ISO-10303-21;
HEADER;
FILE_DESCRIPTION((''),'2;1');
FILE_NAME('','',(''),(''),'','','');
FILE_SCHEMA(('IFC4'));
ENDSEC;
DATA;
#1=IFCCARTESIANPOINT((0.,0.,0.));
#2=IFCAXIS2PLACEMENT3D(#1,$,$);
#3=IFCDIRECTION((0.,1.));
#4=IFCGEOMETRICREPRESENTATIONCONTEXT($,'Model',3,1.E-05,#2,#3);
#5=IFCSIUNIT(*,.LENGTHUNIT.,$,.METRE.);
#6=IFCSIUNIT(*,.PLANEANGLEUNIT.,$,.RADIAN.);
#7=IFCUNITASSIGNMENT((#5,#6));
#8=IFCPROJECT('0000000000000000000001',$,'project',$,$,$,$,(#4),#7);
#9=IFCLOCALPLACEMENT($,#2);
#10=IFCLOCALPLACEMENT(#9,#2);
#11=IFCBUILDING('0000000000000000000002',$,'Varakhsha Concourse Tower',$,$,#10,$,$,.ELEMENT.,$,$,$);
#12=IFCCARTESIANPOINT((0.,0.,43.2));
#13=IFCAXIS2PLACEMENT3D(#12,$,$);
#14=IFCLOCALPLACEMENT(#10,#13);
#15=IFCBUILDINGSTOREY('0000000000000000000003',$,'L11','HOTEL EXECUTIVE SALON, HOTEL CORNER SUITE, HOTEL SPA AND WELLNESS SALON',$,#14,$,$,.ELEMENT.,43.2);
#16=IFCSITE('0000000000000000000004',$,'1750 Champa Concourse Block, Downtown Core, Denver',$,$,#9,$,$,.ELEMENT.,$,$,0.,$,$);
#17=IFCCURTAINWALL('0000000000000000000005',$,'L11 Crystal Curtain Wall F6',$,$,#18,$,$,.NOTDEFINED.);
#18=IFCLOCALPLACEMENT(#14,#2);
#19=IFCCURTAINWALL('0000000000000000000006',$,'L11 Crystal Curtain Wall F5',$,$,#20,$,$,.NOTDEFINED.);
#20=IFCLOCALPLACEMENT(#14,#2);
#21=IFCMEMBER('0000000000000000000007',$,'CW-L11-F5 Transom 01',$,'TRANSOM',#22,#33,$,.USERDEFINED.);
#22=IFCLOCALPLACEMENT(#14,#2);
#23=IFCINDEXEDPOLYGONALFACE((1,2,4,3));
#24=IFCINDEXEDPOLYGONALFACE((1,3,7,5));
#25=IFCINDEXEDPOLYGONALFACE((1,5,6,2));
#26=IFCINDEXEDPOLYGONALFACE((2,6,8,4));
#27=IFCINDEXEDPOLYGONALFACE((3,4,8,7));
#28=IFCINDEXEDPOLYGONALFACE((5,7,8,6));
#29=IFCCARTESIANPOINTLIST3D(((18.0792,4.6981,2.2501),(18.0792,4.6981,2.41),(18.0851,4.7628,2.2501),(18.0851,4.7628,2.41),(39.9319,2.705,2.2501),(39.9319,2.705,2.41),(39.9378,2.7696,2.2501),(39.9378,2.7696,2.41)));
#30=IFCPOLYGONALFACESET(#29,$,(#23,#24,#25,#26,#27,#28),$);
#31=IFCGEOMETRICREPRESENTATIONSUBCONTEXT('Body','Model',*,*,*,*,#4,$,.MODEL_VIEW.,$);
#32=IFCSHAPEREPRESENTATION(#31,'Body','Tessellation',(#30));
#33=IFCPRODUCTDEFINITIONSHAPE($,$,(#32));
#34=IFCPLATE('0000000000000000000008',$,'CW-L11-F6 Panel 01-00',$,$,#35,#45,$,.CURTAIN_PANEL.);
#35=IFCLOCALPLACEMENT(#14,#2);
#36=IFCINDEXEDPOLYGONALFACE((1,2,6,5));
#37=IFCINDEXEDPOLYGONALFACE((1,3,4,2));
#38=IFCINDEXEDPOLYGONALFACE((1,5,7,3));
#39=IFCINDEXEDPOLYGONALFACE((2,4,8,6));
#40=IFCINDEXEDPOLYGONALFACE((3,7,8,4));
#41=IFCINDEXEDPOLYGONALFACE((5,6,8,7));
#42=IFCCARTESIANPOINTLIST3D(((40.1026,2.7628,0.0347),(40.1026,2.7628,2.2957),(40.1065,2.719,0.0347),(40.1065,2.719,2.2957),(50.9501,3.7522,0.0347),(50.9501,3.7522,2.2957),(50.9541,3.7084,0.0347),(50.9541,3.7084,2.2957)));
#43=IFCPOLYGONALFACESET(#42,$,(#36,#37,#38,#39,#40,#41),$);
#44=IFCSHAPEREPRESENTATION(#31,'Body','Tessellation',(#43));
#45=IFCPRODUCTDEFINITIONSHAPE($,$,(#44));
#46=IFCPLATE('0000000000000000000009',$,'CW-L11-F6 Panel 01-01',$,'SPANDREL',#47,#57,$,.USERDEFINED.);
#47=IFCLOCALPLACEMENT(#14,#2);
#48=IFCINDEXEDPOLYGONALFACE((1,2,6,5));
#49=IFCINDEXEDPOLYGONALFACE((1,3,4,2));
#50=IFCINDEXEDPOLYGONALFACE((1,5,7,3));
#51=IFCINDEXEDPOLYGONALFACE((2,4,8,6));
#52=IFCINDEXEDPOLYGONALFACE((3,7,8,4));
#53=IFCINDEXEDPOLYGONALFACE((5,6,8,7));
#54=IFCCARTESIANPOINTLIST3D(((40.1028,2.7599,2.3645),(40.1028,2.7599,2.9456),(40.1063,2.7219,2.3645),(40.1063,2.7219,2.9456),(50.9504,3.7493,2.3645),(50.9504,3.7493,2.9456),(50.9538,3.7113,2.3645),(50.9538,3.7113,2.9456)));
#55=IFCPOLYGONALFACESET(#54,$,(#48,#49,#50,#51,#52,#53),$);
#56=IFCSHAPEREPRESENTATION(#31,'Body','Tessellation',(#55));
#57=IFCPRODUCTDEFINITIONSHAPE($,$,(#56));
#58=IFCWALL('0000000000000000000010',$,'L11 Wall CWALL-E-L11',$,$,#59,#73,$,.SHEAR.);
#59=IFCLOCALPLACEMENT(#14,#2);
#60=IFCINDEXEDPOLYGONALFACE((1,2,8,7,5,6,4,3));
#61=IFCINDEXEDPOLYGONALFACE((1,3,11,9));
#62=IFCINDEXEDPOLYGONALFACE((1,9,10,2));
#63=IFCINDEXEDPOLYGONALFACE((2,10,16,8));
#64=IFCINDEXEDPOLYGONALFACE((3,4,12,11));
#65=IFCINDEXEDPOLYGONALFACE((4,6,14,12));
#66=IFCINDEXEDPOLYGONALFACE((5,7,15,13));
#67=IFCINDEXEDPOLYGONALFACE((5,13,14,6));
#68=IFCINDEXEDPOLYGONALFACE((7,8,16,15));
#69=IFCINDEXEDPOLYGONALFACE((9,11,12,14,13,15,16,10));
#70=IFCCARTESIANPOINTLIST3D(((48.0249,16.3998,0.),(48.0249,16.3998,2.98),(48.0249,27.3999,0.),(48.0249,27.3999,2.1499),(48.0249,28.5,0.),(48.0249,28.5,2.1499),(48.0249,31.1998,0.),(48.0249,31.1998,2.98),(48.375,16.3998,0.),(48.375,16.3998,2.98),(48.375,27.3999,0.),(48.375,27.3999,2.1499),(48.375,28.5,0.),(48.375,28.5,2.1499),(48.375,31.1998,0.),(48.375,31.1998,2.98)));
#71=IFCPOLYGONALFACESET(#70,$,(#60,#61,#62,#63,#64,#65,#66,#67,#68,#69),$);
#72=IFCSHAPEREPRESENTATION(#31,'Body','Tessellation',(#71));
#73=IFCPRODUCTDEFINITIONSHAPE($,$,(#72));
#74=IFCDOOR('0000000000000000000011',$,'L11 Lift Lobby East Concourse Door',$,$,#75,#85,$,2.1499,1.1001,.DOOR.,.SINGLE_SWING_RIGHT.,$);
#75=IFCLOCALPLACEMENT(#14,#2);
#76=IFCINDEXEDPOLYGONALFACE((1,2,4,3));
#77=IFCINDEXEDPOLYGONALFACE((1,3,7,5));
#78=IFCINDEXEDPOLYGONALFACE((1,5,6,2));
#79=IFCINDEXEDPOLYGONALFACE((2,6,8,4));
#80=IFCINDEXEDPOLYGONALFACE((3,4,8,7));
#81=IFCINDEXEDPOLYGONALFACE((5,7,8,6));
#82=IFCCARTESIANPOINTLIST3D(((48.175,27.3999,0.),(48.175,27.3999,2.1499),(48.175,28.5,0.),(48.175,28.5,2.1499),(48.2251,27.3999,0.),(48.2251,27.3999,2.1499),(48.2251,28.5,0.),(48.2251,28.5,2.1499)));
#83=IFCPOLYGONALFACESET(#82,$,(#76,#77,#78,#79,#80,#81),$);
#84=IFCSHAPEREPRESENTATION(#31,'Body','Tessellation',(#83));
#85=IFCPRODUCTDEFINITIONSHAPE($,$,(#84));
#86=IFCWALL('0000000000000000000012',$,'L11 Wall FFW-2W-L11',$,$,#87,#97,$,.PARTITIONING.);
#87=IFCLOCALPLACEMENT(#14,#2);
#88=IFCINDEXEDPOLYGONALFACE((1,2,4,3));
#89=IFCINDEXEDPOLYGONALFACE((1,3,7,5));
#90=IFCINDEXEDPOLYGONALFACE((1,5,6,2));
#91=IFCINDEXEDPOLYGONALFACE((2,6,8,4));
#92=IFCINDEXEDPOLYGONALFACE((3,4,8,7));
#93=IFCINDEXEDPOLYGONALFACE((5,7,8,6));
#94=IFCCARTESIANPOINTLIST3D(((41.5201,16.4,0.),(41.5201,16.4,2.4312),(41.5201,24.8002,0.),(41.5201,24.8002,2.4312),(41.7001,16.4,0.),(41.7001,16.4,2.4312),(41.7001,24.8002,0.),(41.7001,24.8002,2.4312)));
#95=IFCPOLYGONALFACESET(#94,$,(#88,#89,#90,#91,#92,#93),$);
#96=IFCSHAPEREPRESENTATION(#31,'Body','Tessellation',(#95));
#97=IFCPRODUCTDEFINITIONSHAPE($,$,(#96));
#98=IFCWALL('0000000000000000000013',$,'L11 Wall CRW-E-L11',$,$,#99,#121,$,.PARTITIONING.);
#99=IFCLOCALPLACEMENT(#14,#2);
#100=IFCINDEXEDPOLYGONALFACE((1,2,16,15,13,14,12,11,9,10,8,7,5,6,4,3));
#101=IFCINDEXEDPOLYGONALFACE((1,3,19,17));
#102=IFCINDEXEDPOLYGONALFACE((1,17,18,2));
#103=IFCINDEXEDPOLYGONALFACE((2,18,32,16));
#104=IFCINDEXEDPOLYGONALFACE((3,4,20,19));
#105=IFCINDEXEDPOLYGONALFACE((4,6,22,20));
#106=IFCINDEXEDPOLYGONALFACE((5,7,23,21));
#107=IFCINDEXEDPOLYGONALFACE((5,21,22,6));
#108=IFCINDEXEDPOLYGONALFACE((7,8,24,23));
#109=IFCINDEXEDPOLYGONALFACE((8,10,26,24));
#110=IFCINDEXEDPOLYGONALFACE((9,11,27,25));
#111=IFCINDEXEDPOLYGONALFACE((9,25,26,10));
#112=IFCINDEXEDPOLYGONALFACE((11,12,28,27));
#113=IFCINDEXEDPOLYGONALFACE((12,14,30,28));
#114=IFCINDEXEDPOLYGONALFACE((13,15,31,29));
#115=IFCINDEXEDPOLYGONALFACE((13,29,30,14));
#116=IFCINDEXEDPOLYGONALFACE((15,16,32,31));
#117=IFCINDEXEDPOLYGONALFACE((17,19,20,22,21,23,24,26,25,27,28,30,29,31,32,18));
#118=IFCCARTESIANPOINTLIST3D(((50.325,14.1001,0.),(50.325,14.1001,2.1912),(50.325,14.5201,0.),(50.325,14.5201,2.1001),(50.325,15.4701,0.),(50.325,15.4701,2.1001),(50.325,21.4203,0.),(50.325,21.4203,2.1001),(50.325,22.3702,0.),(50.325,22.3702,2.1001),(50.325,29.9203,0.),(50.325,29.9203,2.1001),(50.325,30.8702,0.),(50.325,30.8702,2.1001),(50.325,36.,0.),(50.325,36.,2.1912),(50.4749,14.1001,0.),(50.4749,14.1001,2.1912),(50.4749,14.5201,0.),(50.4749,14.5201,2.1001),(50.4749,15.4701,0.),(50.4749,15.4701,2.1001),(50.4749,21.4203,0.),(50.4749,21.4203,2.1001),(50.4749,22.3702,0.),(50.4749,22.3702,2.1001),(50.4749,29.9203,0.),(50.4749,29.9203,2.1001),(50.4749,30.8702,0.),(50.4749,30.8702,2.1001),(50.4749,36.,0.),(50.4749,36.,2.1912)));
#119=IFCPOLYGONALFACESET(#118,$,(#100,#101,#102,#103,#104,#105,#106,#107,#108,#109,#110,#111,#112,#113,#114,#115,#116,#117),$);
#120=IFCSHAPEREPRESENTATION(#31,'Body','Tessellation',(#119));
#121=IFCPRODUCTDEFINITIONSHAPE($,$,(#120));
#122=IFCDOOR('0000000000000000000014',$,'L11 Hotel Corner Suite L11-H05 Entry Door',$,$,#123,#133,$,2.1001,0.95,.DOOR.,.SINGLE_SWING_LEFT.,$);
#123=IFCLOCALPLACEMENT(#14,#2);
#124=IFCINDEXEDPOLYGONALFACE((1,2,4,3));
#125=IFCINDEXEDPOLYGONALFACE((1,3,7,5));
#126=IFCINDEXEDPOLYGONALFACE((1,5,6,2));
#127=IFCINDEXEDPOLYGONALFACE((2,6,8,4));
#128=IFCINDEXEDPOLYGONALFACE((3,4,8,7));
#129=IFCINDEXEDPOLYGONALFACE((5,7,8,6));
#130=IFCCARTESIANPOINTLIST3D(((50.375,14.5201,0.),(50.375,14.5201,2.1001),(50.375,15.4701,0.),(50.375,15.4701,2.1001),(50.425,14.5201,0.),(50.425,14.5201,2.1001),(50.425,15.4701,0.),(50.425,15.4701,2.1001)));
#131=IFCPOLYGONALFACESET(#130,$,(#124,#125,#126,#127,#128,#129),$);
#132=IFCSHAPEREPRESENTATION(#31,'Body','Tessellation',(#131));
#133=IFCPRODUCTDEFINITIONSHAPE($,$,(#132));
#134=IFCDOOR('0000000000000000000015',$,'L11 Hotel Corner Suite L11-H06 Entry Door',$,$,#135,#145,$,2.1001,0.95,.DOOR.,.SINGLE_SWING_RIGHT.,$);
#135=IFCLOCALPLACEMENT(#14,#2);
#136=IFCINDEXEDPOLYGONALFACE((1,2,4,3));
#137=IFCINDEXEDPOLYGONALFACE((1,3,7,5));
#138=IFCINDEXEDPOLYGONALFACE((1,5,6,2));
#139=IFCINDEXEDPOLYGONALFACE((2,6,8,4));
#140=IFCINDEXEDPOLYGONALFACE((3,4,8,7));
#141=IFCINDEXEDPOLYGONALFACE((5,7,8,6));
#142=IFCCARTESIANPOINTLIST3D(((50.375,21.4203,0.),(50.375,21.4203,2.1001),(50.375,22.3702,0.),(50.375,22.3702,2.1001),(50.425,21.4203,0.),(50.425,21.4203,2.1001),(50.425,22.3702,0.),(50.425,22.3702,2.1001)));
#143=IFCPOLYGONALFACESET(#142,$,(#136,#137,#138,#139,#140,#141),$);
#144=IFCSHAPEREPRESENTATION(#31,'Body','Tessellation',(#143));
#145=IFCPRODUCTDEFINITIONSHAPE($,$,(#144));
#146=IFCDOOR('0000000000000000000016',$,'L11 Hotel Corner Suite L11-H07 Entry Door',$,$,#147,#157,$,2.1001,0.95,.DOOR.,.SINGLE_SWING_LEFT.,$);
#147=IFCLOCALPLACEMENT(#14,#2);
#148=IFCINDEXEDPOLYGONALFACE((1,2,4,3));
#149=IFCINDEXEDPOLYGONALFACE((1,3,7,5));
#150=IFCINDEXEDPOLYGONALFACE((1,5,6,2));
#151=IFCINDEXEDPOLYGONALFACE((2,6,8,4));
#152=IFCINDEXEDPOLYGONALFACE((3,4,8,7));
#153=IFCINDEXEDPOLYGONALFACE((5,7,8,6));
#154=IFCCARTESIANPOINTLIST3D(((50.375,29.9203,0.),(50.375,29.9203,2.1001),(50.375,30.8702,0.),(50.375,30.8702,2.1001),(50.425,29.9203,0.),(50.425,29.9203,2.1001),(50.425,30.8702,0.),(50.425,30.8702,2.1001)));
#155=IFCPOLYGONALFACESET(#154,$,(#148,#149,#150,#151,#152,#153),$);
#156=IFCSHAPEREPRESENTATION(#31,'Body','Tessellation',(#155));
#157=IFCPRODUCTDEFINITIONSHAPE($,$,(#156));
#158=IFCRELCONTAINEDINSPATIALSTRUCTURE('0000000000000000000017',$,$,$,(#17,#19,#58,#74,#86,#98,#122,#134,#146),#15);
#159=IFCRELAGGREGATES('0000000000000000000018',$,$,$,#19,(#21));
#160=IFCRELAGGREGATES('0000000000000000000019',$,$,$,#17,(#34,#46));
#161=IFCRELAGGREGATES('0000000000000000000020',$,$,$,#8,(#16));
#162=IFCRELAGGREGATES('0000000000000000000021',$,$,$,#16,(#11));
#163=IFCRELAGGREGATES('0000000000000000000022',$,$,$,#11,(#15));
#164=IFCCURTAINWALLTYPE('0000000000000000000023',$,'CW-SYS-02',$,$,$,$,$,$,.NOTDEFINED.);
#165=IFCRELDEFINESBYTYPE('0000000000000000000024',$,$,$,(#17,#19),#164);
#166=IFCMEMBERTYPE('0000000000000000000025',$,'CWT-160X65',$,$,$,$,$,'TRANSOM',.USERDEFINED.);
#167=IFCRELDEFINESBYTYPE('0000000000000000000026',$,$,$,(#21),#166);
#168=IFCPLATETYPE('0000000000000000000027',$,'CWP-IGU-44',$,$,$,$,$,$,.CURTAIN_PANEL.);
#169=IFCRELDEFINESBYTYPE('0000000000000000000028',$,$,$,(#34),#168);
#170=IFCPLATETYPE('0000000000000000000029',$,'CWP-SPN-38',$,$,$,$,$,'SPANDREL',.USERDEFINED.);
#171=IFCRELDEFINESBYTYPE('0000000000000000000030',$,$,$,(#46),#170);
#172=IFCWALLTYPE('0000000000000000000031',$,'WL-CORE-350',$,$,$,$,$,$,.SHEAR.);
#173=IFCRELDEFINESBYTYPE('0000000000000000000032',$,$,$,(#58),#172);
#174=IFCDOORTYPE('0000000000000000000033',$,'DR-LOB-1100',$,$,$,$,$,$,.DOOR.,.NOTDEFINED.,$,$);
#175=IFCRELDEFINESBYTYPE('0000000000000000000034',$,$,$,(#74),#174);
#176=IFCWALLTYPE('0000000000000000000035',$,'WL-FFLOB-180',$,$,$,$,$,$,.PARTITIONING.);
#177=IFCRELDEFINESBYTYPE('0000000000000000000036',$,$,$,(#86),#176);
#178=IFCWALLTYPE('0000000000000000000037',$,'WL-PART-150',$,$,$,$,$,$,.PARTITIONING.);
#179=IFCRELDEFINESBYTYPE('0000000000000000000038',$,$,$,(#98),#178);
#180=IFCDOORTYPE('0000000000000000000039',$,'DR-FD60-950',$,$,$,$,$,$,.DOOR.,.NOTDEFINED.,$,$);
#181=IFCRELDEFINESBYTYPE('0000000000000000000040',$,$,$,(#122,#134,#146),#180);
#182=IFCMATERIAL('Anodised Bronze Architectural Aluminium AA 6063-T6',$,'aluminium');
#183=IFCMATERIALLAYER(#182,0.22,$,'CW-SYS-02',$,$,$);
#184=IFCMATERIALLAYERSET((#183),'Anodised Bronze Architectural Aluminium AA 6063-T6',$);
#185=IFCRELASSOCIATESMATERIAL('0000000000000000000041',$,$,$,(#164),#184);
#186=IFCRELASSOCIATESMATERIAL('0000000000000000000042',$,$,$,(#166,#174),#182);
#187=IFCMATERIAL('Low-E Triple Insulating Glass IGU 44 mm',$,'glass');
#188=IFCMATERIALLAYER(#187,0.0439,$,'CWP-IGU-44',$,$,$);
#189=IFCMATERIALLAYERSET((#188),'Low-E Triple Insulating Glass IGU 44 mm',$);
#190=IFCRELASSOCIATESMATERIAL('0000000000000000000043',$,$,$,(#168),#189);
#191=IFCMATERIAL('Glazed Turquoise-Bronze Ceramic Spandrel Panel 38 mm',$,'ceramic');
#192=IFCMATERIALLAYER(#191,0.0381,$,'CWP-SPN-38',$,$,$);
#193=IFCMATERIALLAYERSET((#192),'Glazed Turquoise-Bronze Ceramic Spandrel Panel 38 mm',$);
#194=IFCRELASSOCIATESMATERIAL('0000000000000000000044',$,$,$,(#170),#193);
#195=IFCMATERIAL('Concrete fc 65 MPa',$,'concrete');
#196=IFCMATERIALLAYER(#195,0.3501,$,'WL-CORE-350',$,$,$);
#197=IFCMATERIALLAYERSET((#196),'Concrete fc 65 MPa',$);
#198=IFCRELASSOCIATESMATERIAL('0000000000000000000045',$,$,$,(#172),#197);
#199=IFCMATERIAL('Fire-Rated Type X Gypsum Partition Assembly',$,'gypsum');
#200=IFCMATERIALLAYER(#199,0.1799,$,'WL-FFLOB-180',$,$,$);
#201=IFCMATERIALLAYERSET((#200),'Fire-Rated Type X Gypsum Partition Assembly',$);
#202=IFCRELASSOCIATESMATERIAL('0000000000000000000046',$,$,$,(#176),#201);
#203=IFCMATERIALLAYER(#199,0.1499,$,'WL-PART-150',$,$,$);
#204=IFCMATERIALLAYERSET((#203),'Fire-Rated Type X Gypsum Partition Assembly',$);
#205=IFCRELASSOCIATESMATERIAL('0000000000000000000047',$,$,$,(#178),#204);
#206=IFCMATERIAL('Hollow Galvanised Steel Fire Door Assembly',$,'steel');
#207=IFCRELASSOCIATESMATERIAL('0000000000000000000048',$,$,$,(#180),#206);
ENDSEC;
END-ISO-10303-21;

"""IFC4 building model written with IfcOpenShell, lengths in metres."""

from ifc_helpers import new_model, si_unit, direction, frame, frame_2d, origin, origin_2d, place, context, subcontext, project, spatial, rectangle, extrude, source, transform, mapped, material, layer, layer_set, material_profile, profile_set, type_object, type_shapes, element, fill, aggregate, save


model = new_model("IFC4")

# Units and contexts
model_context = context("Model", 3, precision=1e-05, world=origin(), true_north=direction((0.0, 1.0)))
body_context = subcontext(model_context, "Body", "Model", "MODEL_VIEW")
ifc_project = project(units=[si_unit("LENGTHUNIT", "METRE"), si_unit("PLANEANGLEUNIT", "RADIAN")], contexts=[model_context])

# Site, building, storey
site_placement = place(None, origin())
site = spatial("IfcSite", under=ifc_project, at=site_placement, Name="1750 Champa Concourse Block, Downtown Core, Denver", CompositionType="ELEMENT", RefElevation=0.0)
building_placement = place(site_placement, origin())
building = spatial("IfcBuilding", under=site, at=building_placement, Name="Varakhsha Concourse Tower", CompositionType="ELEMENT")
storey_placement = place(building_placement, frame((0.0, 0.0, 43.2)))
storey = spatial("IfcBuildingStorey", under=building, at=storey_placement, Name="L11", Description="HOTEL EXECUTIVE SALON, HOTEL CORNER SUITE, HOTEL SPA AND WELLNESS SALON", CompositionType="ELEMENT", Elevation=43.2)

# Curtain wall
ifc_material_1 = material(Name="Anodised Bronze Architectural Aluminium AA 6063-T6", Category="aluminium")
ifc_layer_1 = layer(ifc_material_1, 0.22, Name="CW-SYS-02")
ifc_layer_set_1 = layer_set([ifc_layer_1], Name="Anodised Bronze Architectural Aluminium AA 6063-T6")
curtain_wall_type = type_object("IfcCurtainWallType", Name="CW-SYS-02", PredefinedType="NOTDEFINED", material=ifc_layer_set_1)
curtain_wall_1_placement = place(storey_placement, origin())
curtain_wall_1 = element("IfcCurtainWall", 1, at=curtain_wall_1_placement, inside=storey, type_object=curtain_wall_type, Name="L11 Crystal Curtain Wall F6", PredefinedType="NOTDEFINED")

# Curtain wall, member
curtain_wall_2_placement = place(storey_placement, origin())
curtain_wall_2 = element("IfcCurtainWall", 2, at=curtain_wall_2_placement, inside=storey, type_object=curtain_wall_type, Name="L11 Crystal Curtain Wall F5", PredefinedType="NOTDEFINED")
ifc_material_profile_1 = material_profile(ifc_material_1, rectangle(XDim=0.0649, YDim=0.1599, at=origin_2d()), Name="CWT-160X65")
ifc_profile_set_1 = profile_set([ifc_material_profile_1], Name="Anodised Bronze Architectural Aluminium AA 6063-T6")
member_type_1 = type_object("IfcMemberType", Name="CWT-160X65", ElementType="TRANSOM", PredefinedType="USERDEFINED", material=ifc_profile_set_1)
shared_shape_1 = source(origin(), body_context, "Body", "SweptSolid", [
    extrude(rectangle(XDim=0.0649, YDim=0.1599, at=origin_2d()), origin(), (0.0, 0.0, 1.0), 21.9434),
])
type_shapes(member_type_1, [shared_shape_1])
member_1_placement = place(storey_placement, frame((39.9348, 2.7373, 2.3301), z_axis=(-0.995866, 0.090833, 0.0), x_axis=(-0.090833, -0.995866, 0.0)))
member_1 = element("IfcMember", 3, at=member_1_placement, type_object=member_type_1, Name="CW-L11-F5 Transom 01", ObjectType="TRANSOM", PredefinedType="USERDEFINED", context=body_context, shape_type="MappedRepresentation", body=[
    mapped(shared_shape_1, transform((0.0, 0.0, 0.0), scale=1.0)),
])
aggregate(curtain_wall_2, [member_1])

# Plates
ifc_material_2 = material(Name="Low-E Triple Insulating Glass IGU 44 mm", Category="glass")
ifc_layer_2 = layer(ifc_material_2, 0.0439, Name="CWP-IGU-44")
ifc_layer_set_2 = layer_set([ifc_layer_2], Name="Low-E Triple Insulating Glass IGU 44 mm")
plate_type_1 = type_object("IfcPlateType", Name="CWP-IGU-44", PredefinedType="CURTAIN_PANEL", material=ifc_layer_set_2)
shared_shape_2 = source(origin(), body_context, "Body", "SweptSolid", [
    extrude(rectangle(XDim=10.8926, YDim=0.0439, at=origin_2d()), origin(), (0.0, 0.0, 1.0), 2.261),
])
type_shapes(plate_type_1, [shared_shape_2])
plate_1_placement = place(storey_placement, frame((45.5283, 3.2356, 0.0347), z_axis=(0.0, 0.0, 1.0), x_axis=(-0.995866, -0.090834, 0.0)))
plate_1 = element("IfcPlate", 4, at=plate_1_placement, type_object=plate_type_1, Name="CW-L11-F6 Panel 01-00", PredefinedType="CURTAIN_PANEL", context=body_context, shape_type="MappedRepresentation", body=[
    mapped(shared_shape_2, transform((0.0, 0.0, 0.0), scale=1.0)),
])
ifc_material_3 = material(Name="Glazed Turquoise-Bronze Ceramic Spandrel Panel 38 mm", Category="ceramic")
ifc_layer_3 = layer(ifc_material_3, 0.0381, Name="CWP-SPN-38")
ifc_layer_set_3 = layer_set([ifc_layer_3], Name="Glazed Turquoise-Bronze Ceramic Spandrel Panel 38 mm")
plate_type_2 = type_object("IfcPlateType", Name="CWP-SPN-38", ElementType="SPANDREL", PredefinedType="USERDEFINED", material=ifc_layer_set_3)
shared_shape_3 = source(origin(), body_context, "Body", "SweptSolid", [
    extrude(rectangle(XDim=10.8926, YDim=0.0381, at=origin_2d()), origin(), (0.0, 0.0, 1.0), 0.5811),
])
type_shapes(plate_type_2, [shared_shape_3])
plate_2_placement = place(storey_placement, frame((45.5283, 3.2356, 2.3645), z_axis=(0.0, 0.0, 1.0), x_axis=(-0.995866, -0.090834, 0.0)))
plate_2 = element("IfcPlate", 5, at=plate_2_placement, type_object=plate_type_2, Name="CW-L11-F6 Panel 01-01", ObjectType="SPANDREL", PredefinedType="USERDEFINED", context=body_context, shape_type="MappedRepresentation", body=[
    mapped(shared_shape_3, transform((0.0, 0.0, 0.0), scale=1.0)),
])
aggregate(curtain_wall_1, [plate_1, plate_2])

# Wall, opening, door
ifc_material_4 = material(Name="Concrete fc 65 MPa", Category="concrete")
ifc_layer_4 = layer(ifc_material_4, 0.3501, Name="WL-CORE-350")
ifc_layer_set_4 = layer_set([ifc_layer_4], Name="Concrete fc 65 MPa")
wall_type_1 = type_object("IfcWallType", Name="WL-CORE-350", PredefinedType="SHEAR", material=ifc_layer_set_4)
wall_1_placement = place(storey_placement, frame((48.2, 16.3999, 0.0), z_axis=(0.0, 0.0, 1.0), x_axis=(0.0, 1.0, 0.0)))
wall_1 = element("IfcWall", 6, at=wall_1_placement, inside=storey, type_object=wall_type_1, Name="L11 Wall CWALL-E-L11", PredefinedType="SHEAR", context=body_context, shape_type="SweptSolid", body=[
    extrude(rectangle(XDim=14.8, YDim=0.3501, at=frame_2d((7.3999, 0.0))), origin(), (0.0, 0.0, 1.0), 2.98),
])
opening_1_placement = place(wall_1_placement, frame((11.0, 0.0, 0.0)))
opening_1 = element("IfcOpeningElement", 7, at=opening_1_placement, cuts=wall_1, PredefinedType="OPENING", context=body_context, shape_type="SweptSolid", body=[
    extrude(rectangle(XDim=1.1001, YDim=2.1499, at=frame_2d((0.55, 1.075))), frame((0.0, 0.1851, 0.0), z_axis=(0.0, -1.0, 0.0), x_axis=(1.0, 0.0, 0.0)), (0.0, 0.0, 1.0), 0.3701),
])
door_type_1 = type_object("IfcDoorType", Name="DR-LOB-1100", OperationType="NOTDEFINED", PredefinedType="DOOR", material=ifc_material_1)
door_1_placement = place(opening_1_placement, origin())
door_1 = element("IfcDoor", 8, at=door_1_placement, inside=storey, type_object=door_type_1, Name="L11 Lift Lobby East Concourse Door", OperationType="SINGLE_SWING_RIGHT", OverallHeight=2.1499, OverallWidth=1.1001, PredefinedType="DOOR", context=body_context, shape_type="SweptSolid", body=[
    extrude(rectangle(XDim=1.1001, YDim=2.1499, at=frame_2d((0.55, 1.075))), frame((0.0, 0.0249, 0.0), z_axis=(0.0, -1.0, 0.0), x_axis=(1.0, 0.0, 0.0)), (0.0, 0.0, 1.0), 0.05),
])
fill(opening_1, door_1)

# Wall
ifc_material_5 = material(Name="Fire-Rated Type X Gypsum Partition Assembly", Category="gypsum")
ifc_layer_5 = layer(ifc_material_5, 0.1799, Name="WL-FFLOB-180")
ifc_layer_set_5 = layer_set([ifc_layer_5], Name="Fire-Rated Type X Gypsum Partition Assembly")
wall_type_2 = type_object("IfcWallType", Name="WL-FFLOB-180", PredefinedType="PARTITIONING", material=ifc_layer_set_5)
wall_2_placement = place(storey_placement, frame((41.6101, 16.3999, 0.0), z_axis=(0.0, 0.0, 1.0), x_axis=(0.0, 1.0, 0.0)))
element("IfcWall", 9, at=wall_2_placement, inside=storey, type_object=wall_type_2, Name="L11 Wall FFW-2W-L11", PredefinedType="PARTITIONING", context=body_context, shape_type="SweptSolid", body=[
    extrude(rectangle(XDim=8.4001, YDim=0.1799, at=frame_2d((4.2002, 0.0))), origin(), (0.0, 0.0, 1.0), 2.4312),
])

# Wall, openings, doors
ifc_layer_6 = layer(ifc_material_5, 0.1499, Name="WL-PART-150")
ifc_layer_set_6 = layer_set([ifc_layer_6], Name="Fire-Rated Type X Gypsum Partition Assembly")
wall_type_3 = type_object("IfcWallType", Name="WL-PART-150", PredefinedType="PARTITIONING", material=ifc_layer_set_6)
wall_3_placement = place(storey_placement, frame((50.3999, 14.1001, 0.0), z_axis=(0.0, 0.0, 1.0), x_axis=(0.0, 1.0, 0.0)))
wall_3 = element("IfcWall", 10, at=wall_3_placement, inside=storey, type_object=wall_type_3, Name="L11 Wall CRW-E-L11", PredefinedType="PARTITIONING", context=body_context, shape_type="SweptSolid", body=[
    extrude(rectangle(XDim=21.8999, YDim=0.1499, at=frame_2d((10.95, 0.0))), origin(), (0.0, 0.0, 1.0), 2.1912),
])
opening_2_placement = place(wall_3_placement, frame((0.4199, 0.0, 0.0)))
opening_2 = element("IfcOpeningElement", 11, at=opening_2_placement, cuts=wall_3, PredefinedType="OPENING", context=body_context, shape_type="SweptSolid", body=[
    extrude(rectangle(XDim=0.95, YDim=2.1001, at=frame_2d((0.4751, 1.05))), frame((0.0, 0.085, 0.0), z_axis=(0.0, -1.0, 0.0), x_axis=(1.0, 0.0, 0.0)), (0.0, 0.0, 1.0), 0.1699),
])
opening_3_placement = place(wall_3_placement, frame((7.3201, 0.0, 0.0)))
opening_3 = element("IfcOpeningElement", 12, at=opening_3_placement, cuts=wall_3, PredefinedType="OPENING", context=body_context, shape_type="SweptSolid", body=[
    extrude(rectangle(XDim=0.95, YDim=2.1001, at=frame_2d((0.4751, 1.05))), frame((0.0, 0.085, 0.0), z_axis=(0.0, -1.0, 0.0), x_axis=(1.0, 0.0, 0.0)), (0.0, 0.0, 1.0), 0.1699),
])
opening_4_placement = place(wall_3_placement, frame((15.8201, 0.0, 0.0)))
opening_4 = element("IfcOpeningElement", 13, at=opening_4_placement, cuts=wall_3, PredefinedType="OPENING", context=body_context, shape_type="SweptSolid", body=[
    extrude(rectangle(XDim=0.95, YDim=2.1001, at=frame_2d((0.4751, 1.05))), frame((0.0, 0.085, 0.0), z_axis=(0.0, -1.0, 0.0), x_axis=(1.0, 0.0, 0.0)), (0.0, 0.0, 1.0), 0.1699),
])
ifc_material_6 = material(Name="Hollow Galvanised Steel Fire Door Assembly", Category="steel")
door_type_2 = type_object("IfcDoorType", Name="DR-FD60-950", OperationType="NOTDEFINED", PredefinedType="DOOR", material=ifc_material_6)
door_2_placement = place(opening_2_placement, origin())
door_2 = element("IfcDoor", 14, at=door_2_placement, inside=storey, type_object=door_type_2, Name="L11 Hotel Corner Suite L11-H05 Entry Door", OperationType="SINGLE_SWING_LEFT", OverallHeight=2.1001, OverallWidth=0.95, PredefinedType="DOOR", context=body_context, shape_type="SweptSolid", body=[
    extrude(rectangle(XDim=0.95, YDim=2.1001, at=frame_2d((0.4751, 1.05))), frame((0.0, 0.0249, 0.0), z_axis=(0.0, -1.0, 0.0), x_axis=(1.0, 0.0, 0.0)), (0.0, 0.0, 1.0), 0.05),
])
fill(opening_2, door_2)
door_3_placement = place(opening_3_placement, origin())
door_3 = element("IfcDoor", 15, at=door_3_placement, inside=storey, type_object=door_type_2, Name="L11 Hotel Corner Suite L11-H06 Entry Door", OperationType="SINGLE_SWING_RIGHT", OverallHeight=2.1001, OverallWidth=0.95, PredefinedType="DOOR", context=body_context, shape_type="SweptSolid", body=[
    extrude(rectangle(XDim=0.95, YDim=2.1001, at=frame_2d((0.4751, 1.05))), frame((0.0, 0.0249, 0.0), z_axis=(0.0, -1.0, 0.0), x_axis=(1.0, 0.0, 0.0)), (0.0, 0.0, 1.0), 0.05),
])
fill(opening_3, door_3)
door_4_placement = place(opening_4_placement, origin())
door_4 = element("IfcDoor", 16, at=door_4_placement, inside=storey, type_object=door_type_2, Name="L11 Hotel Corner Suite L11-H07 Entry Door", OperationType="SINGLE_SWING_LEFT", OverallHeight=2.1001, OverallWidth=0.95, PredefinedType="DOOR", context=body_context, shape_type="SweptSolid", body=[
    extrude(rectangle(XDim=0.95, YDim=2.1001, at=frame_2d((0.4751, 1.05))), frame((0.0, 0.0249, 0.0), z_axis=(0.0, -1.0, 0.0), x_axis=(1.0, 0.0, 0.0)), (0.0, 0.0, 1.0), 0.05),
])
fill(opening_4, door_4)

save(model, "model.ifc")
